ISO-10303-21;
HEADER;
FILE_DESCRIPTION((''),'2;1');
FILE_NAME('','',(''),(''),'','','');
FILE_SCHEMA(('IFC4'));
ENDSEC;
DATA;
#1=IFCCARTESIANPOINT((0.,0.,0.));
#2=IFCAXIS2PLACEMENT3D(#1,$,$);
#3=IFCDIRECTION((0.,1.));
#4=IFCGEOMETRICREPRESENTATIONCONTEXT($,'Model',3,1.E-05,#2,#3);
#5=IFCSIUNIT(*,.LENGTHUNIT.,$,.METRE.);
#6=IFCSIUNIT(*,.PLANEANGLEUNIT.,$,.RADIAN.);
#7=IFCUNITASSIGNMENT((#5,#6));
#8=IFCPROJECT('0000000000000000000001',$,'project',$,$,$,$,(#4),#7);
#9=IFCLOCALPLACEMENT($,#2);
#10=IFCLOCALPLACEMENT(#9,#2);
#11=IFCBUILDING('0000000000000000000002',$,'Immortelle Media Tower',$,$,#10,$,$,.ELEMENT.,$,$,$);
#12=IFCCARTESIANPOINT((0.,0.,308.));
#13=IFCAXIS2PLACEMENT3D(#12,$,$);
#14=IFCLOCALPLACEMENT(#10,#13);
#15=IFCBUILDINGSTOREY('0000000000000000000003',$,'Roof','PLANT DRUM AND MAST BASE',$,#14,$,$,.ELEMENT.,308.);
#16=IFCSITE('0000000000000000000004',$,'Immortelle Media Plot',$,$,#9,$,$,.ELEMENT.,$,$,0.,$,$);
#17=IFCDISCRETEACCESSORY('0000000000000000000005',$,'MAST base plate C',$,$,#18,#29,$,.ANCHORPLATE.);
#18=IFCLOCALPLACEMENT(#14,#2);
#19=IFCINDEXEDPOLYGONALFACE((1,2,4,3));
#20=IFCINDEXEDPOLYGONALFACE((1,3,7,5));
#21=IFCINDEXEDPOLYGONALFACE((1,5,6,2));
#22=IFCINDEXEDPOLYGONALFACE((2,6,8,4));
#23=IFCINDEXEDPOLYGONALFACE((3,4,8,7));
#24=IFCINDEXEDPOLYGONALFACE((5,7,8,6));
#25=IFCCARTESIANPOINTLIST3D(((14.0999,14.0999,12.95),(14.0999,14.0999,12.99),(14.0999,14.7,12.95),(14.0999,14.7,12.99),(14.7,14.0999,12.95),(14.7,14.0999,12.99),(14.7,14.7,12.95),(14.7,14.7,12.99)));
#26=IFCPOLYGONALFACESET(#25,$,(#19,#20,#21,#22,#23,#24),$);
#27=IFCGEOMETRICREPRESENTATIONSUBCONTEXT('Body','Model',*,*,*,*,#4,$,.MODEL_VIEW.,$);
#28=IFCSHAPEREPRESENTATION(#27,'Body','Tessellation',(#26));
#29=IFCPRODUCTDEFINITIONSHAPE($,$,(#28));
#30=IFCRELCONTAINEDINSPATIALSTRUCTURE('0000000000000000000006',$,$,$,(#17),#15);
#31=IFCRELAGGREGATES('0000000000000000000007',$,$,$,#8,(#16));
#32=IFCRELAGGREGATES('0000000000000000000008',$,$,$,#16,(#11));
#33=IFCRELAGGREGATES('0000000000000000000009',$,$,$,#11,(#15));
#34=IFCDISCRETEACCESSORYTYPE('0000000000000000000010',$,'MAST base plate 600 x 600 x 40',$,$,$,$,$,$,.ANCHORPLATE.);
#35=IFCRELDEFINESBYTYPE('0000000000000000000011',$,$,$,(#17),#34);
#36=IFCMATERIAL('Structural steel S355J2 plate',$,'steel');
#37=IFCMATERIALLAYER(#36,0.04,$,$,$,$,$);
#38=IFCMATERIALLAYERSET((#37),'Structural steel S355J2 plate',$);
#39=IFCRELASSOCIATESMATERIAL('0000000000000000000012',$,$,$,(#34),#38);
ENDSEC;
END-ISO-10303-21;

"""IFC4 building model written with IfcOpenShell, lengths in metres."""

from ifc_helpers import new_model, si_unit, direction, frame, origin, origin_2d, place, context, subcontext, project, spatial, rectangle, extrude, material, layer, layer_set, type_object, element, save


model = new_model("IFC4")

# Units and contexts
model_context = context("Model", 3, precision=1e-05, world=origin(), true_north=direction((0.0, 1.0)))
body_context = subcontext(model_context, "Body", "Model", "MODEL_VIEW")
ifc_project = project(units=[si_unit("LENGTHUNIT", "METRE"), si_unit("PLANEANGLEUNIT", "RADIAN")], contexts=[model_context])

# Site, building, storey
site_placement = place(None, origin())
site = spatial("IfcSite", under=ifc_project, at=site_placement, Name="Immortelle Media Plot", CompositionType="ELEMENT", RefElevation=0.0)
building_placement = place(site_placement, origin())
building = spatial("IfcBuilding", under=site, at=building_placement, Name="Immortelle Media Tower", CompositionType="ELEMENT")
storey_placement = place(building_placement, frame((0.0, 0.0, 308.0)))
storey = spatial("IfcBuildingStorey", under=building, at=storey_placement, Name="Roof", Description="PLANT DRUM AND MAST BASE", CompositionType="ELEMENT", Elevation=308.0)

# Discrete accessory
ifc_material_1 = material(Name="Structural steel S355J2 plate", Category="steel")
ifc_layer_1 = layer(ifc_material_1, 0.04)
ifc_layer_set_1 = layer_set([ifc_layer_1], Name="Structural steel S355J2 plate")
discrete_accessory_type_1 = type_object("IfcDiscreteAccessoryType", Name="MAST base plate 600 x 600 x 40", PredefinedType="ANCHORPLATE", material=ifc_layer_set_1)
discrete_accessory_1_placement = place(storey_placement, frame((14.3999, 14.3999, 12.95), z_axis=(0.0, 0.0, 1.0), x_axis=(1.0, 0.0, 0.0)))
element("IfcDiscreteAccessory", 1, at=discrete_accessory_1_placement, inside=storey, type_object=discrete_accessory_type_1, Name="MAST base plate C", PredefinedType="ANCHORPLATE", context=body_context, shape_type="SweptSolid", body=[
    extrude(rectangle(XDim=0.6001, YDim=0.6001, at=origin_2d()), origin(), (0.0, 0.0, 1.0), 0.04),
])

save(model, "model.ifc")
